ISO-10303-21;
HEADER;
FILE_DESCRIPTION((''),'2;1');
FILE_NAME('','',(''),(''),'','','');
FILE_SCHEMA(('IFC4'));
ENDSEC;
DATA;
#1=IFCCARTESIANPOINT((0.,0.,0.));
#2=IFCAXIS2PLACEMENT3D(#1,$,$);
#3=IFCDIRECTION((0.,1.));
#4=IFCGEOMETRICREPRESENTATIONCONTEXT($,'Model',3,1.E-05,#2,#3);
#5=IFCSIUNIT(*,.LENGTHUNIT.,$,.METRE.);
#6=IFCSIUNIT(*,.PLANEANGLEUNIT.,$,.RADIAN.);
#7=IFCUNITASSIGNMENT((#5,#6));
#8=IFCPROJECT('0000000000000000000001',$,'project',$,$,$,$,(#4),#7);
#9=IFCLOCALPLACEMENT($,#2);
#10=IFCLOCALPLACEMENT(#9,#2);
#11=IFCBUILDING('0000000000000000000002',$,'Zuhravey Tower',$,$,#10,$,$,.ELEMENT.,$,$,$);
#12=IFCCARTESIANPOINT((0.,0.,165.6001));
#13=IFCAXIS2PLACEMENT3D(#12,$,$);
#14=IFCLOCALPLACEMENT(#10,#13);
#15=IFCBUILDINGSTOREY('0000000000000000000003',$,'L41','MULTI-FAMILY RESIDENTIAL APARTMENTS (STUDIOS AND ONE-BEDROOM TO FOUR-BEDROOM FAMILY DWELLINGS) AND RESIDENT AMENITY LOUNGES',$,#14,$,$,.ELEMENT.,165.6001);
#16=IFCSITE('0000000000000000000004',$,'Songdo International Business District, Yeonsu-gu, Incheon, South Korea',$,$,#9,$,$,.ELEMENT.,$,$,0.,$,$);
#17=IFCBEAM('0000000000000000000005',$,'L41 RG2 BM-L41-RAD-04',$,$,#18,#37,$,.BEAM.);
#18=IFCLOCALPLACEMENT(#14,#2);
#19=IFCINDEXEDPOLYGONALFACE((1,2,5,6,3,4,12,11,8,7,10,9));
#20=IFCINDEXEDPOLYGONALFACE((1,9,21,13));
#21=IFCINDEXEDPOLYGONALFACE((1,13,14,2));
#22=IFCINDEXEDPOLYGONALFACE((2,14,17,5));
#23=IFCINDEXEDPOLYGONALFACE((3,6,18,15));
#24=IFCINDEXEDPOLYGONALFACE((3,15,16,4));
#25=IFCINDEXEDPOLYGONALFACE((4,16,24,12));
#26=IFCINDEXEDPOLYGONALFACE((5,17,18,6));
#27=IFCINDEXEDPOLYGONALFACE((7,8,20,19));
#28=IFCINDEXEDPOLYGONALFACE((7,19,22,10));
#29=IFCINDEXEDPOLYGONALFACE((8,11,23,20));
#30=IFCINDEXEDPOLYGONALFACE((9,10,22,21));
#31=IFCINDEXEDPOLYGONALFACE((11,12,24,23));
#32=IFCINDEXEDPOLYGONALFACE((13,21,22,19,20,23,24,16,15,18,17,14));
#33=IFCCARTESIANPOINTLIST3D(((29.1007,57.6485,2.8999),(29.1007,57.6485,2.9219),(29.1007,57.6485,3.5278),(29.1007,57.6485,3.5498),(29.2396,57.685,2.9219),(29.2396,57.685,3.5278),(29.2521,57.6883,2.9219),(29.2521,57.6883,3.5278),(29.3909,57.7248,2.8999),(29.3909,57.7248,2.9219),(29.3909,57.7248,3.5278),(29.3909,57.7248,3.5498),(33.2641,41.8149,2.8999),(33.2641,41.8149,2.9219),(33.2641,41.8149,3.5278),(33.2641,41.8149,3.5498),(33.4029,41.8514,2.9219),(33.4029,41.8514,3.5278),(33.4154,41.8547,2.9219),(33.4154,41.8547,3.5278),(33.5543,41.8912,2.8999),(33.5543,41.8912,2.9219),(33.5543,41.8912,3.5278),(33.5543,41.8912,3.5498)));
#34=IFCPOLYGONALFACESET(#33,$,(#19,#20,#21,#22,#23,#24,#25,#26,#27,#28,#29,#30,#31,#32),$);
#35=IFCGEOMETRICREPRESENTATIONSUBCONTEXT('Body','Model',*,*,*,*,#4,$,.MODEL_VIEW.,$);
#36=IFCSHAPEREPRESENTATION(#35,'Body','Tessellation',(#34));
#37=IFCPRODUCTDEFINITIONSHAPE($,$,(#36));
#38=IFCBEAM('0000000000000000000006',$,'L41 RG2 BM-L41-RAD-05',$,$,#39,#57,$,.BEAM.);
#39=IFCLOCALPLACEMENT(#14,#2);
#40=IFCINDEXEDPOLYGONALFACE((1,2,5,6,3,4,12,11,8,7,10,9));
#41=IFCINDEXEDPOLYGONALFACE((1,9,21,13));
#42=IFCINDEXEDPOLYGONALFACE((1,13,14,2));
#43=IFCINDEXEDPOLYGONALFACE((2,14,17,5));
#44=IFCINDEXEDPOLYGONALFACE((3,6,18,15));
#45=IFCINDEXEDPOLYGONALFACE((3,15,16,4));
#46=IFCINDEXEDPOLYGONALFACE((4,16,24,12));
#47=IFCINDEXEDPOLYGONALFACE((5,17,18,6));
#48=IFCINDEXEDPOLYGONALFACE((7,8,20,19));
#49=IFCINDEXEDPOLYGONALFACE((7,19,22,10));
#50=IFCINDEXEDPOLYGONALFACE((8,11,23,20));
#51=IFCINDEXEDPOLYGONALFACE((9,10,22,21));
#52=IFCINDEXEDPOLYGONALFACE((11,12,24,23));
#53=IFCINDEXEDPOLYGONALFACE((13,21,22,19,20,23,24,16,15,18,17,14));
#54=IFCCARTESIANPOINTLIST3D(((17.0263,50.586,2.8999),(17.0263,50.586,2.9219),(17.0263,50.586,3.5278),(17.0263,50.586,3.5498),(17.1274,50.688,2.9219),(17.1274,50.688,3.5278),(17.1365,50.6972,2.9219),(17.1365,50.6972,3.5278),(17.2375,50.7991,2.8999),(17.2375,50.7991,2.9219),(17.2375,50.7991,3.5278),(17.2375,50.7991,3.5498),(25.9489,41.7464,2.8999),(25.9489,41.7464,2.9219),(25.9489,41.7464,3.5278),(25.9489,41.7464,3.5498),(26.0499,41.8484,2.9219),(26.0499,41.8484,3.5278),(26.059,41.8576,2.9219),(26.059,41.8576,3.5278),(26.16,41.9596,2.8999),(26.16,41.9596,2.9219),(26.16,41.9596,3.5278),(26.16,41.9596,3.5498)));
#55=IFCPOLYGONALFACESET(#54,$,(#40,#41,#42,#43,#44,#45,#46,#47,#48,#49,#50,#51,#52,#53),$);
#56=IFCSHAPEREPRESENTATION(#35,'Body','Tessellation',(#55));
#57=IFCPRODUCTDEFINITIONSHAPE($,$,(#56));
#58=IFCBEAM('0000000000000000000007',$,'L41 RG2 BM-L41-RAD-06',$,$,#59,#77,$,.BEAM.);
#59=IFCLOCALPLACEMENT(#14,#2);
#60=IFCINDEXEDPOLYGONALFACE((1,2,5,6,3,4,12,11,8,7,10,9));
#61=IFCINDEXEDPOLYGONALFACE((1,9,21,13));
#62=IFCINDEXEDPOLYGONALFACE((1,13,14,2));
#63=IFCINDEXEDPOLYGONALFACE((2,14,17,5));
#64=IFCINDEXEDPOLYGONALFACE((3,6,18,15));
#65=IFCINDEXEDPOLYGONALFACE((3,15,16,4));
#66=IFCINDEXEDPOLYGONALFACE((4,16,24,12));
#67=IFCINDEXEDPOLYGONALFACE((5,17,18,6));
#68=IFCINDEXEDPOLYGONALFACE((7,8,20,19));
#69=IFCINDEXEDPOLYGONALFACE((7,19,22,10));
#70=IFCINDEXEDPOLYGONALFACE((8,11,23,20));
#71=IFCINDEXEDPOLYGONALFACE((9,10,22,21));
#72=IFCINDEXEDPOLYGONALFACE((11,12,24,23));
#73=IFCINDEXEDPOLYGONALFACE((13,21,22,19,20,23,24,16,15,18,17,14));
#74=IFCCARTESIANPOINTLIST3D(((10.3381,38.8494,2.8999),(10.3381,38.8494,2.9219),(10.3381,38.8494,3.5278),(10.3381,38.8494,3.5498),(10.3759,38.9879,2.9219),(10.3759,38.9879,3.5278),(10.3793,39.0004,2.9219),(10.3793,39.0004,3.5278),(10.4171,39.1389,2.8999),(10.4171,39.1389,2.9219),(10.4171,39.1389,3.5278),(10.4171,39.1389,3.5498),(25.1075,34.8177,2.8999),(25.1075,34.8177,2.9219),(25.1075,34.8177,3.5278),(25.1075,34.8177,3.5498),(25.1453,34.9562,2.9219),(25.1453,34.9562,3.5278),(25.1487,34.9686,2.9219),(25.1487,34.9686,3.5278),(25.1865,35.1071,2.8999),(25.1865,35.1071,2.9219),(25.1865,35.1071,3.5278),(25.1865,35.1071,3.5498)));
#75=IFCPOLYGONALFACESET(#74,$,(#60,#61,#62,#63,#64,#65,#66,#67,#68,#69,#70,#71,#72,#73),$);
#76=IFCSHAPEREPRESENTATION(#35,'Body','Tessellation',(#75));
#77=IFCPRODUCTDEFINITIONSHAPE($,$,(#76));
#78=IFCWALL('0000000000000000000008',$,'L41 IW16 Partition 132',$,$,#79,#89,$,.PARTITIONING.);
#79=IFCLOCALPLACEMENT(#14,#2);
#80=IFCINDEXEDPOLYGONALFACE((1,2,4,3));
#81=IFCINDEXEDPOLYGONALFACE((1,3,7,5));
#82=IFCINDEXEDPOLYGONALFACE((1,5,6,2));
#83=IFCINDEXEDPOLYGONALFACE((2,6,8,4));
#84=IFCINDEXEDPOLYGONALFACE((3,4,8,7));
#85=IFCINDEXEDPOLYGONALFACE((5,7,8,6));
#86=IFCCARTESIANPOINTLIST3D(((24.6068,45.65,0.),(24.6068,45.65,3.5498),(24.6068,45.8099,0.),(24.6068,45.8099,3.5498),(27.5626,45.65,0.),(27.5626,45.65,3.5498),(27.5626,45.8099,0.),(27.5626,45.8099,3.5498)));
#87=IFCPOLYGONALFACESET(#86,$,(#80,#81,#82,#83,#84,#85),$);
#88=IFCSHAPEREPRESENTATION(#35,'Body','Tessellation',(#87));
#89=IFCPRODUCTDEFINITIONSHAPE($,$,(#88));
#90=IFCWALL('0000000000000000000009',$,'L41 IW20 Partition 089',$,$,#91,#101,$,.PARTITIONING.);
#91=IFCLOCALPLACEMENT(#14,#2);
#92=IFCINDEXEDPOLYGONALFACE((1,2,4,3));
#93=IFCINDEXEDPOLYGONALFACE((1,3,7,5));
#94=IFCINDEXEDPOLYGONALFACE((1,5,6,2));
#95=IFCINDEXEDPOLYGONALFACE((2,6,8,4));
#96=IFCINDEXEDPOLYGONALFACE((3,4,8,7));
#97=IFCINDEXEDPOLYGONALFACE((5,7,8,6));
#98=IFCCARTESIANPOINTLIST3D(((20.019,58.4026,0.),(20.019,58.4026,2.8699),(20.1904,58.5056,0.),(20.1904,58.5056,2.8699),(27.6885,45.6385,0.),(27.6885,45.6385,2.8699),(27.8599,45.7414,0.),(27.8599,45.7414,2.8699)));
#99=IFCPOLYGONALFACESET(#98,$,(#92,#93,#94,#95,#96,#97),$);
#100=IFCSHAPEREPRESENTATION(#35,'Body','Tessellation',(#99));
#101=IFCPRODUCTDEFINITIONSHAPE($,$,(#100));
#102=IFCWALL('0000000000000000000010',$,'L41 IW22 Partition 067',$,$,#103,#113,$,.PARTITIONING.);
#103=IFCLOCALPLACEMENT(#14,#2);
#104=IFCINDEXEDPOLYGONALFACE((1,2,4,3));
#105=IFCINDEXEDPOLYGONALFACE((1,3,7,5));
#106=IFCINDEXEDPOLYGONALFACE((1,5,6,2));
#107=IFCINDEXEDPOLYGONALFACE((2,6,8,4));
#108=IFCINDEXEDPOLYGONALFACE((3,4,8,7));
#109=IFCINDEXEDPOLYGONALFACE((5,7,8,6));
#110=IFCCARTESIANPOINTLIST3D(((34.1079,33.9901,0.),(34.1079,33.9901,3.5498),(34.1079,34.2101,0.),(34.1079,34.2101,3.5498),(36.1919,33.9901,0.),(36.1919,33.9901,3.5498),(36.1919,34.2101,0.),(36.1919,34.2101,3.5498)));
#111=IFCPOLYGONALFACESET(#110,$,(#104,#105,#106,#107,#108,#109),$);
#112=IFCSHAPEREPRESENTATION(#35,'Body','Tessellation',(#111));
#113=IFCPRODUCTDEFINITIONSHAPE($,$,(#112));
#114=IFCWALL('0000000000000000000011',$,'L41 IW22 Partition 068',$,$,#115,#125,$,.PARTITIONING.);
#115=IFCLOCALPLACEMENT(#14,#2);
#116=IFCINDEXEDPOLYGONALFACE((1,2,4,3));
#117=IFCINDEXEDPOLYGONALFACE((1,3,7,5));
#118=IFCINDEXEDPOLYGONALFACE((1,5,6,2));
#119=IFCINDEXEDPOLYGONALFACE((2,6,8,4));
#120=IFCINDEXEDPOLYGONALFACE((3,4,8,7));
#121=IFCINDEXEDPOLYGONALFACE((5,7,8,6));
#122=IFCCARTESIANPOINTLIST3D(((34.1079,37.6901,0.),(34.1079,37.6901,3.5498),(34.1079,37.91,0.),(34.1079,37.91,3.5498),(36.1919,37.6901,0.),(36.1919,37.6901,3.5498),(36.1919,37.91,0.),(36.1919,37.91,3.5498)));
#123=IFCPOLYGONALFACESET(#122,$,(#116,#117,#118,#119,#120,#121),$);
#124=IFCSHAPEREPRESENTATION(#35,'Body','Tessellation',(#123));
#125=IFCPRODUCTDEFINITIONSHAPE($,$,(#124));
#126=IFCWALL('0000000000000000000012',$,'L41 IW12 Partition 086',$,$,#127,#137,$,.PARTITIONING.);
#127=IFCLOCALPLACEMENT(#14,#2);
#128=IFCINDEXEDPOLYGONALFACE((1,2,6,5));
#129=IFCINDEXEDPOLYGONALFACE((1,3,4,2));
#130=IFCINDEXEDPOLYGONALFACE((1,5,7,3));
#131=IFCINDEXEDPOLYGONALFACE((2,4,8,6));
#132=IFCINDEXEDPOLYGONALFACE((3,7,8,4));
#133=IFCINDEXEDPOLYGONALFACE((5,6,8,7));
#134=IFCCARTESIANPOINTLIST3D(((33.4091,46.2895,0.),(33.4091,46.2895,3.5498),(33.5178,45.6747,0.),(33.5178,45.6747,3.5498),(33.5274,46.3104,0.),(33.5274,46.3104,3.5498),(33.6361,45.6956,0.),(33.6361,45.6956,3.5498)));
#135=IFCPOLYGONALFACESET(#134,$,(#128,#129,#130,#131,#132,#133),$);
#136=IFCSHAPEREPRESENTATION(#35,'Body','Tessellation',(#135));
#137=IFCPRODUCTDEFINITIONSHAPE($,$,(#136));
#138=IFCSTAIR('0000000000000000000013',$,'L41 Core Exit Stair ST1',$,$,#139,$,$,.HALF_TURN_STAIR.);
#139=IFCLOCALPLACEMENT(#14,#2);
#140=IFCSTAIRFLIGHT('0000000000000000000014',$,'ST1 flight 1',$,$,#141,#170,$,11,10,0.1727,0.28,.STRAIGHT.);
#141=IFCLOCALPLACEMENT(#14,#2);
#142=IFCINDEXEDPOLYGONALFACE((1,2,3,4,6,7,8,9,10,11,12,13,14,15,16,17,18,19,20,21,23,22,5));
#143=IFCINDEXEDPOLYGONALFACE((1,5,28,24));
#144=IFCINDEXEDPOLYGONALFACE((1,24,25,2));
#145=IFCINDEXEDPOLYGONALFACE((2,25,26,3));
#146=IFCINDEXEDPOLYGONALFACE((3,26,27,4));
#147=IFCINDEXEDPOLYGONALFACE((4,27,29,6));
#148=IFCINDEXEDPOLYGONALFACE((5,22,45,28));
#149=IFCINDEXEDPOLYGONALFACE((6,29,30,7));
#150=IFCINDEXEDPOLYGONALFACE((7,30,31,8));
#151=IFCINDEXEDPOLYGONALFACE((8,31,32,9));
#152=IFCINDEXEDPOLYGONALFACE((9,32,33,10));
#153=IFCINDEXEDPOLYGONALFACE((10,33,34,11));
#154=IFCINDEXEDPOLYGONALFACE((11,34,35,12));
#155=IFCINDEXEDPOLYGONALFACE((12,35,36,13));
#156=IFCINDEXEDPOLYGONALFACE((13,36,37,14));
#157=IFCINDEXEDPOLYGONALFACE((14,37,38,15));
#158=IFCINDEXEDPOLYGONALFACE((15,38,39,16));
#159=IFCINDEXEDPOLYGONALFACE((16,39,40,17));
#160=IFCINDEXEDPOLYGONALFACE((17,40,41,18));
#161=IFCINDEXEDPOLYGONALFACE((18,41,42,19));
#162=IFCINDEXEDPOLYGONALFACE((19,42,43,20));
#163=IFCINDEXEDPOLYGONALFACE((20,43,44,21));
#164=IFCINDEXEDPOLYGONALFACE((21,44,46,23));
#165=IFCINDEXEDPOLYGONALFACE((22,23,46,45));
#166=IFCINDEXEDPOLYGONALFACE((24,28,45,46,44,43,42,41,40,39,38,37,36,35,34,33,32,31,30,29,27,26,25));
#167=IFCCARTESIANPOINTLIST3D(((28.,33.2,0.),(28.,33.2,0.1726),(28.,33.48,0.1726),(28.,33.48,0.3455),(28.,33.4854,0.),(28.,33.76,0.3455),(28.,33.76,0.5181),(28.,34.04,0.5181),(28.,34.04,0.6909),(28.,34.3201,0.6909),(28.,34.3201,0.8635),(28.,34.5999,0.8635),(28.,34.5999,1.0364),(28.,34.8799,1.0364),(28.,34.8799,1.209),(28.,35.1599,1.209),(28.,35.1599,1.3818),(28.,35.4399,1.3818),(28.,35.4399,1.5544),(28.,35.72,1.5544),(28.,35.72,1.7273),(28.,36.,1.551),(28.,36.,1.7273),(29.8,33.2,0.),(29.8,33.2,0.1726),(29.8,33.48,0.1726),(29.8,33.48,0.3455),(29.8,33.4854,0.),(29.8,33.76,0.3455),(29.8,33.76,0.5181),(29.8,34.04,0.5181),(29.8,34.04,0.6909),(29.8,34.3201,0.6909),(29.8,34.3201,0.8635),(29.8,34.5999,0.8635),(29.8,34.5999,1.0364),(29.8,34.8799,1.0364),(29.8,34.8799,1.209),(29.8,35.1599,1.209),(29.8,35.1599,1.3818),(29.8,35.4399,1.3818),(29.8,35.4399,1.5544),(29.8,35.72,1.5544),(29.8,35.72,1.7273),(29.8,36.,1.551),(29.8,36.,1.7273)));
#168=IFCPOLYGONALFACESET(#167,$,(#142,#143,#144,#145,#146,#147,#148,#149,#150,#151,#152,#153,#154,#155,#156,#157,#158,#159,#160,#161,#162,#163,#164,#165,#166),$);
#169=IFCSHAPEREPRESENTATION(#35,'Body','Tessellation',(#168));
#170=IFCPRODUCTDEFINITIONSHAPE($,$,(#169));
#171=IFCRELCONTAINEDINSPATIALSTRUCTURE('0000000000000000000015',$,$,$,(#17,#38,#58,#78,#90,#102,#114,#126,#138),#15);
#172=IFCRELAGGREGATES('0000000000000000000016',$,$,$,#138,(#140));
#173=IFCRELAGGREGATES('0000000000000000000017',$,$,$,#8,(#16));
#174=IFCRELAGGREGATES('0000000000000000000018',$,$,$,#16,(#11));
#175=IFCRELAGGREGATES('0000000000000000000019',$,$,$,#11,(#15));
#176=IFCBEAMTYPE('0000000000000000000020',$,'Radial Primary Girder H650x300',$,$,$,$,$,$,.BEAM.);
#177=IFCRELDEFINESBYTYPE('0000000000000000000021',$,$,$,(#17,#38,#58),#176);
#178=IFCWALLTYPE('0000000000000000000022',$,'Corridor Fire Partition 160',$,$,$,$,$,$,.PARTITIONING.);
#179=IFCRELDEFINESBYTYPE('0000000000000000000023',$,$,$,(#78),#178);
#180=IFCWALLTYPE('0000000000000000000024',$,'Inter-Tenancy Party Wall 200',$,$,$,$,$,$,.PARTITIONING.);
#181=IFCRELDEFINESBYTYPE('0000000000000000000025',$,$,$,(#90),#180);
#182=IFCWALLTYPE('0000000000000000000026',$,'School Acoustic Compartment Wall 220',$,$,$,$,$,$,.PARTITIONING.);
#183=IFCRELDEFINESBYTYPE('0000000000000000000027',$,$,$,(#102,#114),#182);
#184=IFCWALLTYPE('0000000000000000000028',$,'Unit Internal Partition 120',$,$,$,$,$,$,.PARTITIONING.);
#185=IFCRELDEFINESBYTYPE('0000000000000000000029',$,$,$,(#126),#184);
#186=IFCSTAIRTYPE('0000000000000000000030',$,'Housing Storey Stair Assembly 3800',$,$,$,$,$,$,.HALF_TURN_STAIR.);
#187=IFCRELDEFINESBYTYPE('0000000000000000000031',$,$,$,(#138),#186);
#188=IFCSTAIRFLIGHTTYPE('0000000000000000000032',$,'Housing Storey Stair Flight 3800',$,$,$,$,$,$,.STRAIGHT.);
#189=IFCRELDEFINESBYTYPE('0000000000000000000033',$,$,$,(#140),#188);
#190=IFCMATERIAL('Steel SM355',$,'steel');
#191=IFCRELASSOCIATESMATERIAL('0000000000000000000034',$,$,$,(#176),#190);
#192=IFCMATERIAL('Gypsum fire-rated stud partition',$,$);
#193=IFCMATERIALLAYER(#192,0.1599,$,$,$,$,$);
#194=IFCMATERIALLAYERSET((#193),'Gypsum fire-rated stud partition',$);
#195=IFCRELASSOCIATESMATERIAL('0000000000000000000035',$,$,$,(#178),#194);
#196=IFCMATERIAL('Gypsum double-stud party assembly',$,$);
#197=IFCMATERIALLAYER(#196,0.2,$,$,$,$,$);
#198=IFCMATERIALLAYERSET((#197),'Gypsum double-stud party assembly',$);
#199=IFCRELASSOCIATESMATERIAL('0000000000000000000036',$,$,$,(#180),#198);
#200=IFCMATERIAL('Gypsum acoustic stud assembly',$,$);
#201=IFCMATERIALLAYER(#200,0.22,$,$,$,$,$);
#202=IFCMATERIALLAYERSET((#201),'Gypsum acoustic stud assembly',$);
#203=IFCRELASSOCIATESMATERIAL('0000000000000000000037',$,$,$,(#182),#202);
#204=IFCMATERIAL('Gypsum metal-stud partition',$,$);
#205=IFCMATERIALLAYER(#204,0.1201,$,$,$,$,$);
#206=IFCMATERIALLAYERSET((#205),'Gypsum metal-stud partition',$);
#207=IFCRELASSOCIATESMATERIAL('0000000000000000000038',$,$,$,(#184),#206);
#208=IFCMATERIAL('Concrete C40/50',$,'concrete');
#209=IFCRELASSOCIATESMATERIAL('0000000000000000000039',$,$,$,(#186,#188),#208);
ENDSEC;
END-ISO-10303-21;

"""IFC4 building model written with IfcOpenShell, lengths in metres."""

from ifc_helpers import new_model, si_unit, direction, frame, frame_2d, origin, origin_2d, place, context, subcontext, project, spatial, polyline, rectangle, i_section, outline, extrude, material, layer, layer_set, material_profile, profile_set, type_object, element, aggregate, save


model = new_model("IFC4")

# Units and contexts
model_context = context("Model", 3, precision=1e-05, world=origin(), true_north=direction((0.0, 1.0)))
body_context = subcontext(model_context, "Body", "Model", "MODEL_VIEW")
ifc_project = project(units=[si_unit("LENGTHUNIT", "METRE"), si_unit("PLANEANGLEUNIT", "RADIAN")], contexts=[model_context])

# Site, building, storey
site_placement = place(None, origin())
site = spatial("IfcSite", under=ifc_project, at=site_placement, Name="Songdo International Business District, Yeonsu-gu, Incheon, South Korea", CompositionType="ELEMENT", RefElevation=0.0)
building_placement = place(site_placement, origin())
building = spatial("IfcBuilding", under=site, at=building_placement, Name="Zuhravey Tower", CompositionType="ELEMENT")
storey_placement = place(building_placement, frame((0.0, 0.0, 165.6001)))
storey = spatial("IfcBuildingStorey", under=building, at=storey_placement, Name="L41", Description="MULTI-FAMILY RESIDENTIAL APARTMENTS (STUDIOS AND ONE-BEDROOM TO FOUR-BEDROOM FAMILY DWELLINGS) AND RESIDENT AMENITY LOUNGES", CompositionType="ELEMENT", Elevation=165.6001)

# Beams
ifc_material_1 = material(Name="Steel SM355", Category="steel")
ifc_material_profile = material_profile(ifc_material_1, i_section(OverallWidth=0.3, OverallDepth=0.6499, WebThickness=0.0129, FlangeThickness=0.022, at=origin_2d()), Name="H-650x300x13x22")
ifc_profile_set = profile_set([ifc_material_profile], Name="Steel SM355")
beam_type = type_object("IfcBeamType", Name="Radial Primary Girder H650x300", PredefinedType="BEAM", material=ifc_profile_set)
beam_1_placement = place(storey_placement, frame((33.4092, 41.853, 3.2249), z_axis=(-0.2543, 0.967125, 0.0), x_axis=(-0.967125, -0.2543, 0.0)))
element("IfcBeam", 1, at=beam_1_placement, inside=storey, type_object=beam_type, Name="L41 RG2 BM-L41-RAD-04", PredefinedType="BEAM", context=body_context, shape_type="SweptSolid", body=[
    extrude(i_section(OverallWidth=0.3, OverallDepth=0.6499, WebThickness=0.0129, FlangeThickness=0.022, at=origin_2d()), origin(), (0.0, 0.0, 1.0), 16.3718),
])
beam_2_placement = place(storey_placement, frame((26.0544, 41.853, 3.2249), z_axis=(-0.710404, 0.703795, 0.0), x_axis=(-0.703795, -0.710404, 0.0)))
element("IfcBeam", 2, at=beam_2_placement, inside=storey, type_object=beam_type, Name="L41 RG2 BM-L41-RAD-05", PredefinedType="BEAM", context=body_context, shape_type="SweptSolid", body=[
    extrude(i_section(OverallWidth=0.3, OverallDepth=0.6499, WebThickness=0.0129, FlangeThickness=0.022, at=origin_2d()), origin(), (0.0, 0.0, 1.0), 12.5598),
])
beam_3_placement = place(storey_placement, frame((25.147, 34.9624, 3.2249), z_axis=(-0.964702, 0.263345, 0.0), x_axis=(-0.263345, -0.964702, 0.0)))
element("IfcBeam", 3, at=beam_3_placement, inside=storey, type_object=beam_type, Name="L41 RG2 BM-L41-RAD-06", PredefinedType="BEAM", context=body_context, shape_type="SweptSolid", body=[
    extrude(i_section(OverallWidth=0.3, OverallDepth=0.6499, WebThickness=0.0129, FlangeThickness=0.022, at=origin_2d()), origin(), (0.0, 0.0, 1.0), 15.3098),
])

# Shared definitions
ifc_material_2 = material(Name="Gypsum fire-rated stud partition")
ifc_layer_1 = layer(ifc_material_2, 0.1599)
ifc_layer_set_1 = layer_set([ifc_layer_1], Name="Gypsum fire-rated stud partition")
wall_type_1 = type_object("IfcWallType", Name="Corridor Fire Partition 160", PredefinedType="PARTITIONING", material=ifc_layer_set_1)

# Walls
wall_1_placement = place(storey_placement, frame((27.5627, 45.73, 0.0), z_axis=(0.0, 0.0, 1.0), x_axis=(-1.0, 0.0, 0.0)))
element("IfcWall", 4, at=wall_1_placement, inside=storey, type_object=wall_type_1, Name="L41 IW16 Partition 132", PredefinedType="PARTITIONING", context=body_context, shape_type="SweptSolid", body=[
    extrude(rectangle(XDim=2.9558, YDim=0.1599, at=frame_2d((1.478, 0.0))), origin(), (0.0, 0.0, 1.0), 3.5498),
])
ifc_material_3 = material(Name="Gypsum double-stud party assembly")
ifc_layer_2 = layer(ifc_material_3, 0.2)
ifc_layer_set_2 = layer_set([ifc_layer_2], Name="Gypsum double-stud party assembly")
wall_type_2 = type_object("IfcWallType", Name="Inter-Tenancy Party Wall 200", PredefinedType="PARTITIONING", material=ifc_layer_set_2)
wall_2_placement = place(storey_placement, frame((27.7742, 45.6899, 0.0), z_axis=(0.0, 0.0, 1.0), x_axis=(-0.515036, 0.857169, 0.0)))
element("IfcWall", 5, at=wall_2_placement, inside=storey, type_object=wall_type_2, Name="L41 IW20 Partition 089", PredefinedType="PARTITIONING", context=body_context, shape_type="SweptSolid", body=[
    extrude(rectangle(XDim=14.8911, YDim=0.2, at=frame_2d((7.4456, 0.0))), origin(), (0.0, 0.0, 1.0), 2.8699),
])
ifc_material_4 = material(Name="Gypsum acoustic stud assembly")
ifc_layer_3 = layer(ifc_material_4, 0.22)
ifc_layer_set_3 = layer_set([ifc_layer_3], Name="Gypsum acoustic stud assembly")
wall_type_3 = type_object("IfcWallType", Name="School Acoustic Compartment Wall 220", PredefinedType="PARTITIONING", material=ifc_layer_set_3)
for number, where, z_axis, x_axis, name in (
    (6, (34.1079, 34.1001, 0.0), (0.0, 0.0, 1.0), (1.0, 0.0, 0.0), "L41 IW22 Partition 067"),
    (7, (34.1079, 37.8, 0.0), (0.0, 0.0, 1.0), (1.0, 0.0, 0.0), "L41 IW22 Partition 068"),
):
    element("IfcWall", number, at=place(storey_placement, frame(where, z_axis=z_axis, x_axis=x_axis)), inside=storey, type_object=wall_type_3, Name=name, PredefinedType="PARTITIONING", context=body_context, shape_type="SweptSolid", body=[
        extrude(rectangle(XDim=2.084, YDim=0.22, at=frame_2d((1.042, 0.0))), origin(), (0.0, 0.0, 1.0), 3.5498),
    ])
ifc_material_5 = material(Name="Gypsum metal-stud partition")
ifc_layer_4 = layer(ifc_material_5, 0.1201)
ifc_layer_set_4 = layer_set([ifc_layer_4], Name="Gypsum metal-stud partition")
wall_type_4 = type_object("IfcWallType", Name="Unit Internal Partition 120", PredefinedType="PARTITIONING", material=ifc_layer_set_4)
wall_3_placement = place(storey_placement, frame((33.5769, 45.6853, 0.0), z_axis=(0.0, 0.0, 1.0), x_axis=(-0.174031, 0.98474, 0.0)))
element("IfcWall", 8, at=wall_3_placement, inside=storey, type_object=wall_type_4, Name="L41 IW12 Partition 086", PredefinedType="PARTITIONING", context=body_context, shape_type="SweptSolid", body=[
    extrude(rectangle(XDim=0.6243, YDim=0.1201, at=frame_2d((0.312, 0.0))), origin(), (0.0, 0.0, 1.0), 3.5498),
])

# Stair, stair flight
ifc_material_6 = material(Name="Concrete C40/50", Category="concrete")
stair_type = type_object("IfcStairType", Name="Housing Storey Stair Assembly 3800", PredefinedType="HALF_TURN_STAIR", material=ifc_material_6)
stair_1_placement = place(storey_placement, origin())
stair_1 = element("IfcStair", 9, at=stair_1_placement, inside=storey, type_object=stair_type, Name="L41 Core Exit Stair ST1", PredefinedType="HALF_TURN_STAIR")
stair_flight_type = type_object("IfcStairFlightType", Name="Housing Storey Stair Flight 3800", PredefinedType="STRAIGHT", material=ifc_material_6)
stair_flight_1_placement = place(storey_placement, frame((28.8999, 33.2, 0.0), z_axis=(0.0, 0.0, 1.0), x_axis=(0.0, 1.0, 0.0)))
stair_flight_1 = element("IfcStairFlight", 10, at=stair_flight_1_placement, type_object=stair_flight_type, Name="ST1 flight 1", NumberOfRisers=11, NumberOfTreads=10, PredefinedType="STRAIGHT", RiserHeight=0.1727, TreadLength=0.28, context=body_context, shape_type="SweptSolid", body=[
    extrude(outline(polyline([(0.0, 0.0), (0.0, 0.1726), (0.28, 0.1726), (0.28, 0.3455), (0.5601, 0.3455), (0.5601, 0.5181), (0.8401, 0.5181), (0.8401, 0.6909), (1.1201, 0.6909), (1.1201, 0.8635), (1.3999, 0.8635), (1.3999, 1.0364), (1.6799, 1.0364), (1.6799, 1.209), (1.96, 1.209), (1.96, 1.3818), (2.24, 1.3818), (2.24, 1.5544), (2.52, 1.5544), (2.52, 1.7273), (2.8, 1.7273), (2.8, 1.8999), (2.8, 1.551), (0.2854, 0.0), (0.0, 0.0)])), frame((0.0, 0.8999, 0.0), z_axis=(0.0, -1.0, 0.0), x_axis=(1.0, 0.0, 0.0)), (0.0, 0.0, 1.0), 1.8),
])
aggregate(stair_1, [stair_flight_1])

save(model, "model.ifc")
